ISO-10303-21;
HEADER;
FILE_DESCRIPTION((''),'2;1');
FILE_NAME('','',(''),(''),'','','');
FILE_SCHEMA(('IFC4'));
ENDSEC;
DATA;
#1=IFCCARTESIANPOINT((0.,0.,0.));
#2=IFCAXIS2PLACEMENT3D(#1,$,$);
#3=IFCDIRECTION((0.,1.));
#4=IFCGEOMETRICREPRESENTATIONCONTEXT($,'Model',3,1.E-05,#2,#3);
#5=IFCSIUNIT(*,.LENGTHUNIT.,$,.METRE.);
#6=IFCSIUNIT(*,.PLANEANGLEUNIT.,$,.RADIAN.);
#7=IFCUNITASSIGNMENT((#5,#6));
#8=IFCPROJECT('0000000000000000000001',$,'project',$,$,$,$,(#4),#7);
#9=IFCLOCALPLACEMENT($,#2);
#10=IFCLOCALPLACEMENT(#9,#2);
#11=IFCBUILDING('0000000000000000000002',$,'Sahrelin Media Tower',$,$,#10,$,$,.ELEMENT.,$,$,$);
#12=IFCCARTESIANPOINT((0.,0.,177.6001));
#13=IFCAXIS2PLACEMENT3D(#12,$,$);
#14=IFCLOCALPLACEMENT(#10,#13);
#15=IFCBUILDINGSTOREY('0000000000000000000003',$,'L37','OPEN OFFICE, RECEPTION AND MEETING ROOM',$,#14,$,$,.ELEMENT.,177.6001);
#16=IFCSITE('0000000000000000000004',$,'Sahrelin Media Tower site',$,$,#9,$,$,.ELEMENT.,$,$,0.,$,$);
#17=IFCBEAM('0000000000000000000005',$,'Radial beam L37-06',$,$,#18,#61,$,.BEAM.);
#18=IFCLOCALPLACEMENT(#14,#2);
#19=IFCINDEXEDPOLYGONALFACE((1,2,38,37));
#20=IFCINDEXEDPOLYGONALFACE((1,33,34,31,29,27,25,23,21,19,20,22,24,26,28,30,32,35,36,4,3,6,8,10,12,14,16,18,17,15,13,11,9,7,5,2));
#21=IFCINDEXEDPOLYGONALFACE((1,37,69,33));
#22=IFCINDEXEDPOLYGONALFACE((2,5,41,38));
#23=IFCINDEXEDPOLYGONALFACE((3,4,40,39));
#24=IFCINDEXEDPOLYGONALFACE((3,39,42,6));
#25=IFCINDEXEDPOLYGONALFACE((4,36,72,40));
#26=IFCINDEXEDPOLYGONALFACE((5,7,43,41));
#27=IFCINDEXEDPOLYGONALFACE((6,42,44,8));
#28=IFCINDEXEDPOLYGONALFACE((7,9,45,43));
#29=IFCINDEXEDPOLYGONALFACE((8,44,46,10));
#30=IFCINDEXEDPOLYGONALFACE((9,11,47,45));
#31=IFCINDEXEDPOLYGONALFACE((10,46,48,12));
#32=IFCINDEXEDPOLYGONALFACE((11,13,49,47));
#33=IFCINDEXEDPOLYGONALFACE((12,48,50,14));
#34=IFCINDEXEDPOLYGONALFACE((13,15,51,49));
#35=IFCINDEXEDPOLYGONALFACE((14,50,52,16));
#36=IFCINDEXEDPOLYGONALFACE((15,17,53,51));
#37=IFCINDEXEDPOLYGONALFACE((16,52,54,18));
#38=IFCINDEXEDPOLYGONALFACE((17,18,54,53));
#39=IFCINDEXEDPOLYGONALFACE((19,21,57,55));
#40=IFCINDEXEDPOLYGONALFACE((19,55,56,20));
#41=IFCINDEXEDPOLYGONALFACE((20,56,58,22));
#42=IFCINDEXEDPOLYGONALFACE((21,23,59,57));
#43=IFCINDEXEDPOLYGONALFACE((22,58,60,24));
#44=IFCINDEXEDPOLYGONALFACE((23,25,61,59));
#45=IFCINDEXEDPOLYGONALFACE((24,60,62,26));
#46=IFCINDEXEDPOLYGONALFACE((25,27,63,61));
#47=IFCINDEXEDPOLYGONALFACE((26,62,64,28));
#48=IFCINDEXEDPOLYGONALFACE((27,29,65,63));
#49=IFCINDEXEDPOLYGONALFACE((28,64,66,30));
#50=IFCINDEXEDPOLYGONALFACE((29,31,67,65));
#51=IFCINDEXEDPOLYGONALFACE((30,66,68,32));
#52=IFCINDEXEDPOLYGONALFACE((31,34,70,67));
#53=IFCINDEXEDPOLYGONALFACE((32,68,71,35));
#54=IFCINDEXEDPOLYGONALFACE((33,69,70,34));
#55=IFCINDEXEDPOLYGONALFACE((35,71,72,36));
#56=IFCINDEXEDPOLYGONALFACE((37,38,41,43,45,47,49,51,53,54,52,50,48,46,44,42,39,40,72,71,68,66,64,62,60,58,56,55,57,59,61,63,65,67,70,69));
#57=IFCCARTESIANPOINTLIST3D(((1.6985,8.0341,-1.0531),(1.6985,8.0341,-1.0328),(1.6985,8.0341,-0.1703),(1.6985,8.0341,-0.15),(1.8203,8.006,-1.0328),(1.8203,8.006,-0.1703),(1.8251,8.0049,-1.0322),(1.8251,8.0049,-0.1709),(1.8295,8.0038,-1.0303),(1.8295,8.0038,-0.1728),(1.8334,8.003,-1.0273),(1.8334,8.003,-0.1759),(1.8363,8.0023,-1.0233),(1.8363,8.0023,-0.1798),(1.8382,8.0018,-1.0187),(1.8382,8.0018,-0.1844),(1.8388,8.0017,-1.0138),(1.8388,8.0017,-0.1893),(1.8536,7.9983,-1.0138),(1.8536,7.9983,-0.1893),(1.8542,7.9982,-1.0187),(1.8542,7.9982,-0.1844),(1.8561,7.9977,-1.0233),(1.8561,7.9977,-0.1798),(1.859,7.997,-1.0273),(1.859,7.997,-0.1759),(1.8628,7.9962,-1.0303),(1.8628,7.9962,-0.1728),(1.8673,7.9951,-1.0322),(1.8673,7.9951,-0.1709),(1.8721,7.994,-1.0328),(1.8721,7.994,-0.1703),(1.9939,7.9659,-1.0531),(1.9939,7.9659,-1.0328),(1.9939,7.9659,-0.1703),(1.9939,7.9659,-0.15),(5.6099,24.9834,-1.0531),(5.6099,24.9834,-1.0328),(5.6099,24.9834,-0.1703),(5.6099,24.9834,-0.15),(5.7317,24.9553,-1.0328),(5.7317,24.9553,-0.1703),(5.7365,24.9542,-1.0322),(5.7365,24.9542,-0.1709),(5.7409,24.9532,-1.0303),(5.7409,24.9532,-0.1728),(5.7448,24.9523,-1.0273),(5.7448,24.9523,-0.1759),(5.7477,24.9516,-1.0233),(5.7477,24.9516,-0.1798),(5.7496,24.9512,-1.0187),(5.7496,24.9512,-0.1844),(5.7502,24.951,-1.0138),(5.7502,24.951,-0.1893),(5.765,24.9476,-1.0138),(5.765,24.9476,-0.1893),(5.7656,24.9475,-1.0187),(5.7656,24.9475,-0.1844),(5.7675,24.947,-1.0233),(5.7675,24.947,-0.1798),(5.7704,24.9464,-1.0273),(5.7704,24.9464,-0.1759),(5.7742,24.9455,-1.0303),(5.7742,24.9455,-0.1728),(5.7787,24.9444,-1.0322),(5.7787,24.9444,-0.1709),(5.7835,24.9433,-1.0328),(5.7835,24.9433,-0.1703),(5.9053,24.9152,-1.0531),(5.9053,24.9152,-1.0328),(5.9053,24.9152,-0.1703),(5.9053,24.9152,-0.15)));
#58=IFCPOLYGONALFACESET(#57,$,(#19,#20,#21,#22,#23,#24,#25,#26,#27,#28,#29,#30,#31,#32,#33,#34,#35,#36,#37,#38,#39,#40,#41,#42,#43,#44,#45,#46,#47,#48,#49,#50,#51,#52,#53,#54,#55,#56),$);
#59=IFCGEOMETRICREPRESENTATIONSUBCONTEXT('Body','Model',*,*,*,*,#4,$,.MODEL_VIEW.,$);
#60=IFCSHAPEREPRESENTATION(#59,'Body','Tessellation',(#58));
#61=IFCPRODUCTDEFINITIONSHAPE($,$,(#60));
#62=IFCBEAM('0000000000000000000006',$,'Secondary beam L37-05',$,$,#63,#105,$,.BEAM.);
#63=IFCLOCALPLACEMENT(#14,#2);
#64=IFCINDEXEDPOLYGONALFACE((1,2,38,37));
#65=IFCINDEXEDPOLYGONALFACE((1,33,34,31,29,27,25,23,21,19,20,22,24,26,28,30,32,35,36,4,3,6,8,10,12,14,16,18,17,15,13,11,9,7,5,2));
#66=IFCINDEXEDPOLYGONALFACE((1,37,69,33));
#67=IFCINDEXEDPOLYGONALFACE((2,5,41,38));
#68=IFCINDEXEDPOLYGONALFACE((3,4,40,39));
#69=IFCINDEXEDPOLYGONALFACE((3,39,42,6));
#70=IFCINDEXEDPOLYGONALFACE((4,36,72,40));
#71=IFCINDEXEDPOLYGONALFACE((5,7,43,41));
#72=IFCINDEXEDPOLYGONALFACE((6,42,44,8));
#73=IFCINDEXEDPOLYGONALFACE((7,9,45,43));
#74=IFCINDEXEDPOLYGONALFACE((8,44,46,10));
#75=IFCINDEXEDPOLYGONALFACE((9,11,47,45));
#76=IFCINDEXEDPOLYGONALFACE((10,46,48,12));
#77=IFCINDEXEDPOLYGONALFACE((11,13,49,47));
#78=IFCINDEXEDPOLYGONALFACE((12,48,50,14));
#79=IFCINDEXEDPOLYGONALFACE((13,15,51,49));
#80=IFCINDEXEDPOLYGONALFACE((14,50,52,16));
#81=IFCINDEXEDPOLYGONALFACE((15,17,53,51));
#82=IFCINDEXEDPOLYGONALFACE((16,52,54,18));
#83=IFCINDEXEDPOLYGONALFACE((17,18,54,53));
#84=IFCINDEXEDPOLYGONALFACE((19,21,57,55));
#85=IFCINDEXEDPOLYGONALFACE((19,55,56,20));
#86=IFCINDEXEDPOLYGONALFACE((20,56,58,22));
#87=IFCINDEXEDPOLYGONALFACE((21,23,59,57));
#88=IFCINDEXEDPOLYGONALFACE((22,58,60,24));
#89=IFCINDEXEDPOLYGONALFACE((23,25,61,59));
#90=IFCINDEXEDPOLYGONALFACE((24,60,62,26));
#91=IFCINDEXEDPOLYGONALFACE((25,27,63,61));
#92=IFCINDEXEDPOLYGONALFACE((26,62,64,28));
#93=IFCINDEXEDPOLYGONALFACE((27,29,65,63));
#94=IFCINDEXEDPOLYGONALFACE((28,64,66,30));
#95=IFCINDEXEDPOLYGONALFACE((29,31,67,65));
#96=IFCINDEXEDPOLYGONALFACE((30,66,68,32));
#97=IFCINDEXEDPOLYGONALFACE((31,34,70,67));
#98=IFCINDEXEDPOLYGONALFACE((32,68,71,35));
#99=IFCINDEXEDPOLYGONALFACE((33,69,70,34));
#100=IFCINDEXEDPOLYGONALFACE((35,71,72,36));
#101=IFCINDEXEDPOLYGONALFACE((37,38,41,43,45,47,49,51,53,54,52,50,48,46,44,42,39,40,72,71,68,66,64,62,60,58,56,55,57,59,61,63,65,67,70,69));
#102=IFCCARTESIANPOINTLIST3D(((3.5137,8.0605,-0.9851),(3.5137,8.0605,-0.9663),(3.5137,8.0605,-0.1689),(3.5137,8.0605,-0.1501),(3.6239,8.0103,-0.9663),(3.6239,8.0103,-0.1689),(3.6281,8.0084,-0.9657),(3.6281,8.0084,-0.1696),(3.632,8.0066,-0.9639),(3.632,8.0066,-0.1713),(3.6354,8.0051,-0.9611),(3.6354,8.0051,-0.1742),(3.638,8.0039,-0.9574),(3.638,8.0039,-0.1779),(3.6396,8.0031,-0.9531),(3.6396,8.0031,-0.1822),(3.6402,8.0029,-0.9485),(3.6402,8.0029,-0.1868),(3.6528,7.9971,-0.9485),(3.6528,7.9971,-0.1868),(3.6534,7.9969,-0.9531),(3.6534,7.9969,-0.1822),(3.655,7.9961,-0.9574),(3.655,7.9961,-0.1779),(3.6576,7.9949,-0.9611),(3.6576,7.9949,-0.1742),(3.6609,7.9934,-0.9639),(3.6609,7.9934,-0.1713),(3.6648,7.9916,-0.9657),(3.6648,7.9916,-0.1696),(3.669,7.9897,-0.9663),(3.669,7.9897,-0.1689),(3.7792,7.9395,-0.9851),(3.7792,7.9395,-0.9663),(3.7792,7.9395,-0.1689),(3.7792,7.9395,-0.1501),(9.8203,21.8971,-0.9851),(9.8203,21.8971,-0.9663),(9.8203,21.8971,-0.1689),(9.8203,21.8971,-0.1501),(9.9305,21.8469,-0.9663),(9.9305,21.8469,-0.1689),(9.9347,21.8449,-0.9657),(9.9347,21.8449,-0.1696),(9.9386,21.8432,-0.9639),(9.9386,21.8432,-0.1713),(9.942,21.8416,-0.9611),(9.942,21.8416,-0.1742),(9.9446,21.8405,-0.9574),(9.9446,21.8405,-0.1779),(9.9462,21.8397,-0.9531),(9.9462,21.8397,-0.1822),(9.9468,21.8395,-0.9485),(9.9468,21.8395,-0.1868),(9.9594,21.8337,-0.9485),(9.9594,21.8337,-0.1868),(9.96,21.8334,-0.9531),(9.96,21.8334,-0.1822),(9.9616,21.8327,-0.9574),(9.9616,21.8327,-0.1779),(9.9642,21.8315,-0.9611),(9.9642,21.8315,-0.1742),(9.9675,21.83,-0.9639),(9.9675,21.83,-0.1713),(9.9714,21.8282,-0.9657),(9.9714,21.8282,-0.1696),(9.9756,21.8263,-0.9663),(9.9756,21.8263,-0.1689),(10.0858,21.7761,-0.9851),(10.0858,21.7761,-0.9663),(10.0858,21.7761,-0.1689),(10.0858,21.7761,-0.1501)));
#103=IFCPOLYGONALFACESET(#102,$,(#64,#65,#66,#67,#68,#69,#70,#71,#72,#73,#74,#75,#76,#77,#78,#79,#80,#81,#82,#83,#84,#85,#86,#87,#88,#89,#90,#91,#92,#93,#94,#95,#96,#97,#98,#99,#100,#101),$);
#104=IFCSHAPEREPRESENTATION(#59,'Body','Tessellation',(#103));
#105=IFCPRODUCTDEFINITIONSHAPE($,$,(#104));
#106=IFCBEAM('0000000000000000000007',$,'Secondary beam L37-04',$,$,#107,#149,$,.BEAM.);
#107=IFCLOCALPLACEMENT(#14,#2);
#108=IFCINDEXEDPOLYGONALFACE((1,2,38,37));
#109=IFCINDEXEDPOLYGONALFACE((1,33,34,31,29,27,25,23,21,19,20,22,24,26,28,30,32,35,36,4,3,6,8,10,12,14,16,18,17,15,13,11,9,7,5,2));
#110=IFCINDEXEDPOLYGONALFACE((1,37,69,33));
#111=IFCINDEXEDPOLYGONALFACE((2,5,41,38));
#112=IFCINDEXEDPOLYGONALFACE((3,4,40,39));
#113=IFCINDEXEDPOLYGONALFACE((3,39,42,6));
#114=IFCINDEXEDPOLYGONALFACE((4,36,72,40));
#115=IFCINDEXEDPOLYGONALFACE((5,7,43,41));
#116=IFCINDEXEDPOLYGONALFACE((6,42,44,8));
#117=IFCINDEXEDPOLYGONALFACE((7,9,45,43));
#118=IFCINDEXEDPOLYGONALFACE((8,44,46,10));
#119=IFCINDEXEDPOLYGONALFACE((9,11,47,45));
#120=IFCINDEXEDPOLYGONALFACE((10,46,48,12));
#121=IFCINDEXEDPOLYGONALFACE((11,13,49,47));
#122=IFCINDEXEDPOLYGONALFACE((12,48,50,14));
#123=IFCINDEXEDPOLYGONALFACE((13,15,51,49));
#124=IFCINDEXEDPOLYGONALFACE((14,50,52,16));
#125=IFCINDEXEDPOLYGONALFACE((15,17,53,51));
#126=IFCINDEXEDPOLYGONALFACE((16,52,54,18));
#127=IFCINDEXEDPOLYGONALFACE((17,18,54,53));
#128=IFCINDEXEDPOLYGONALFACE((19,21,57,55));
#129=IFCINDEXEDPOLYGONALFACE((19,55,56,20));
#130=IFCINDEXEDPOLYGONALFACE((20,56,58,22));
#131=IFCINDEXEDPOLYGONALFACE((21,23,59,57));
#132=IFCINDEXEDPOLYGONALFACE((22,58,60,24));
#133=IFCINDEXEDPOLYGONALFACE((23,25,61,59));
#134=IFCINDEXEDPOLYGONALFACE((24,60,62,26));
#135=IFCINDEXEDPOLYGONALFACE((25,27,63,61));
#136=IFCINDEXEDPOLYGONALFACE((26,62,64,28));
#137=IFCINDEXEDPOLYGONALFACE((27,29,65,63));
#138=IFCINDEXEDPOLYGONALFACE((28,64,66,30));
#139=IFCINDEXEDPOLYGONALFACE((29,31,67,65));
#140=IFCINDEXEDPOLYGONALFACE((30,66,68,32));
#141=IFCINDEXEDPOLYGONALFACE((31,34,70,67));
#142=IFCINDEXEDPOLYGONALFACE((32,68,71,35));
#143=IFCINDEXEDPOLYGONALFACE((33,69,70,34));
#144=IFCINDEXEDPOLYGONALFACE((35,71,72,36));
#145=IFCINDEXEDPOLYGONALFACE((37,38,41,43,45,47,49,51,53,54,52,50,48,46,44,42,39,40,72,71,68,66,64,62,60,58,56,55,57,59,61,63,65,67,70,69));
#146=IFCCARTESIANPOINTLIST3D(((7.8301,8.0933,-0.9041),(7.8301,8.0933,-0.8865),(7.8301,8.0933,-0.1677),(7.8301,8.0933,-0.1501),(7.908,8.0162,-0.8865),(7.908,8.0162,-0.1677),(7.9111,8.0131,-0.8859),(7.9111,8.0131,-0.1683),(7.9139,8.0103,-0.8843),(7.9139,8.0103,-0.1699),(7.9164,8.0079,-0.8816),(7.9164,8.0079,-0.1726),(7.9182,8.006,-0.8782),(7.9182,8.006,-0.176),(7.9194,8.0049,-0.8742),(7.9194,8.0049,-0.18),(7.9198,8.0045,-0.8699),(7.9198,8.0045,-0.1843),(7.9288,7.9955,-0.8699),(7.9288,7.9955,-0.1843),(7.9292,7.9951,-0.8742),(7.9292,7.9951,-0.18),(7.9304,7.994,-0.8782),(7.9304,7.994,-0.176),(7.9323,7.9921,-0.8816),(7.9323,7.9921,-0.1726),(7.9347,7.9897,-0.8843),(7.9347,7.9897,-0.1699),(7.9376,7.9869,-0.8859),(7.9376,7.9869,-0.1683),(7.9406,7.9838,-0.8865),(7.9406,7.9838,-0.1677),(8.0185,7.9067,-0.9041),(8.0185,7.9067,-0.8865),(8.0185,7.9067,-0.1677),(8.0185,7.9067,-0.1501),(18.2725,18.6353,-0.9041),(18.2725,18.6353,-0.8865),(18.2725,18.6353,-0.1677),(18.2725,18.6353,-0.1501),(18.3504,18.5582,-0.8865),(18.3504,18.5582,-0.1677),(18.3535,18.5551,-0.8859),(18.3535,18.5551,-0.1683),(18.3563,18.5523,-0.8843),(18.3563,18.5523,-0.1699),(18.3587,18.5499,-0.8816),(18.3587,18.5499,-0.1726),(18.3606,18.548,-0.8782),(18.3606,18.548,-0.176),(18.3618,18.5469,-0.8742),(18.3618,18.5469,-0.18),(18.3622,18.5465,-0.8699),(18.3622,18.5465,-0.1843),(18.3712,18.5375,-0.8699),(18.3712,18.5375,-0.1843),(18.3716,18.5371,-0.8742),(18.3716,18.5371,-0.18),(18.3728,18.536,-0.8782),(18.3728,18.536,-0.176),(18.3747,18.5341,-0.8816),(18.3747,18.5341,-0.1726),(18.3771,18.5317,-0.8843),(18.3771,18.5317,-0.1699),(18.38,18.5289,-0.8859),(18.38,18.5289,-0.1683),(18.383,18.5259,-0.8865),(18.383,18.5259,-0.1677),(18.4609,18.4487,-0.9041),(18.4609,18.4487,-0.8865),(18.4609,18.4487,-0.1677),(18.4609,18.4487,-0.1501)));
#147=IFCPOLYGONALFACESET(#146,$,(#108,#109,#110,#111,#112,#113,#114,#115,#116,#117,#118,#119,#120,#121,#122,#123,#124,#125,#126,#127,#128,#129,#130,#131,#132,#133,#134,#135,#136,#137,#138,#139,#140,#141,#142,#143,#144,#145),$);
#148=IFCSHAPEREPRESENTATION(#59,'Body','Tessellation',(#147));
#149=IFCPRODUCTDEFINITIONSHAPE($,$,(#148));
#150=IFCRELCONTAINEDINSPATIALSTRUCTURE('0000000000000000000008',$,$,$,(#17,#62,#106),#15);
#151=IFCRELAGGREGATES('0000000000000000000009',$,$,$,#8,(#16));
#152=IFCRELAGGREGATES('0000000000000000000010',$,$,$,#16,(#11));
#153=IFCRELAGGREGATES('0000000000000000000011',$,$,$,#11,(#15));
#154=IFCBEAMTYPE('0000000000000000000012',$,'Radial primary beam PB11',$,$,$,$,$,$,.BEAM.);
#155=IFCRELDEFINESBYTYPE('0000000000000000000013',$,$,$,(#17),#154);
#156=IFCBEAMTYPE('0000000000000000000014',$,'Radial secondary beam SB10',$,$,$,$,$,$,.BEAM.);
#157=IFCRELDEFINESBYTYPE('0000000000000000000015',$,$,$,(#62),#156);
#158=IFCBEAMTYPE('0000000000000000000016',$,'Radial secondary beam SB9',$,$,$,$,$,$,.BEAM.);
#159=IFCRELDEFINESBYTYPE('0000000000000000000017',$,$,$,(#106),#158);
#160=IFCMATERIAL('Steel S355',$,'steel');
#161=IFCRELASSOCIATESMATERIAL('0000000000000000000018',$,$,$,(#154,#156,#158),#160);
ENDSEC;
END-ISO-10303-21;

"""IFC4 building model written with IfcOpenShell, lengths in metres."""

from ifc_helpers import new_model, si_unit, direction, frame, origin, origin_2d, place, context, subcontext, project, spatial, i_section, extrude, material, material_profile, profile_set, type_object, element, save


model = new_model("IFC4")

# Units and contexts
model_context = context("Model", 3, precision=1e-05, world=origin(), true_north=direction((0.0, 1.0)))
body_context = subcontext(model_context, "Body", "Model", "MODEL_VIEW")
ifc_project = project(units=[si_unit("LENGTHUNIT", "METRE"), si_unit("PLANEANGLEUNIT", "RADIAN")], contexts=[model_context])

# Site, building, storey
site_placement = place(None, origin())
site = spatial("IfcSite", under=ifc_project, at=site_placement, Name="Sahrelin Media Tower site", CompositionType="ELEMENT", RefElevation=0.0)
building_placement = place(site_placement, origin())
building = spatial("IfcBuilding", under=site, at=building_placement, Name="Sahrelin Media Tower", CompositionType="ELEMENT")
storey_placement = place(building_placement, frame((0.0, 0.0, 177.6001)))
storey = spatial("IfcBuildingStorey", under=building, at=storey_placement, Name="L37", Description="OPEN OFFICE, RECEPTION AND MEETING ROOM", CompositionType="ELEMENT", Elevation=177.6001)

# Shared definitions
ifc_material_1 = material(Name="Steel S355", Category="steel")

# Beams
ifc_material_profile_1 = material_profile(ifc_material_1, i_section(OverallWidth=0.3032, OverallDepth=0.9031, WebThickness=0.0151, FlangeThickness=0.0203, FilletRadius=0.019, at=origin_2d()), Name="UB 914x305x201")
ifc_profile_set_1 = profile_set([ifc_material_profile_1], Name="Steel S355")
beam_type_1 = type_object("IfcBeamType", Name="Radial primary beam PB11", PredefinedType="BEAM", material=ifc_profile_set_1)
beam_1_placement = place(storey_placement, frame((1.8462, 8.0, -0.6016), z_axis=(0.224861, 0.974391, 0.0), x_axis=(-0.974391, 0.224861, 0.0)))
element("IfcBeam", 1, at=beam_1_placement, inside=storey, type_object=beam_type_1, Name="Radial beam L37-06", PredefinedType="BEAM", context=body_context, shape_type="SweptSolid", body=[
    extrude(i_section(OverallWidth=0.3032, OverallDepth=0.9031, WebThickness=0.0151, FlangeThickness=0.0203, FilletRadius=0.019, at=origin_2d()), origin(), (0.0, 0.0, 1.0), 17.3948),
])
ifc_material_profile_2 = material_profile(ifc_material_1, i_section(OverallWidth=0.2917, OverallDepth=0.835, WebThickness=0.0139, FlangeThickness=0.0188, FilletRadius=0.0178, at=origin_2d()), Name="UB 838x292x176")
ifc_profile_set_2 = profile_set([ifc_material_profile_2], Name="Steel S355")
beam_type_2 = type_object("IfcBeamType", Name="Radial secondary beam SB10", PredefinedType="BEAM", material=ifc_profile_set_2)
beam_2_placement = place(storey_placement, frame((3.6465, 8.0, -0.5676), z_axis=(0.414743, 0.909939, 0.0), x_axis=(-0.909939, 0.414743, 0.0)))
element("IfcBeam", 2, at=beam_2_placement, inside=storey, type_object=beam_type_2, Name="Secondary beam L37-05", PredefinedType="BEAM", context=body_context, shape_type="SweptSolid", body=[
    extrude(i_section(OverallWidth=0.2917, OverallDepth=0.835, WebThickness=0.0139, FlangeThickness=0.0188, FilletRadius=0.0178, at=origin_2d()), origin(), (0.0, 0.0, 1.0), 15.2061),
])
ifc_material_profile_3 = material_profile(ifc_material_1, i_section(OverallWidth=0.2651, OverallDepth=0.7539, WebThickness=0.0127, FlangeThickness=0.0176, FilletRadius=0.0166, at=origin_2d()), Name="UB 762x267x147")
ifc_profile_set_3 = profile_set([ifc_material_profile_3], Name="Steel S355")
beam_type_3 = type_object("IfcBeamType", Name="Radial secondary beam SB9", PredefinedType="BEAM", material=ifc_profile_set_3)
beam_3_placement = place(storey_placement, frame((7.9243, 8.0, -0.5271), z_axis=(0.703742, 0.710455, 0.0), x_axis=(-0.710455, 0.703742, 0.0)))
element("IfcBeam", 3, at=beam_3_placement, inside=storey, type_object=beam_type_3, Name="Secondary beam L37-04", PredefinedType="BEAM", context=body_context, shape_type="SweptSolid", body=[
    extrude(i_section(OverallWidth=0.2651, OverallDepth=0.7539, WebThickness=0.0127, FlangeThickness=0.0176, FilletRadius=0.0166, at=origin_2d()), origin(), (0.0, 0.0, 1.0), 14.8384),
])

save(model, "model.ifc")
